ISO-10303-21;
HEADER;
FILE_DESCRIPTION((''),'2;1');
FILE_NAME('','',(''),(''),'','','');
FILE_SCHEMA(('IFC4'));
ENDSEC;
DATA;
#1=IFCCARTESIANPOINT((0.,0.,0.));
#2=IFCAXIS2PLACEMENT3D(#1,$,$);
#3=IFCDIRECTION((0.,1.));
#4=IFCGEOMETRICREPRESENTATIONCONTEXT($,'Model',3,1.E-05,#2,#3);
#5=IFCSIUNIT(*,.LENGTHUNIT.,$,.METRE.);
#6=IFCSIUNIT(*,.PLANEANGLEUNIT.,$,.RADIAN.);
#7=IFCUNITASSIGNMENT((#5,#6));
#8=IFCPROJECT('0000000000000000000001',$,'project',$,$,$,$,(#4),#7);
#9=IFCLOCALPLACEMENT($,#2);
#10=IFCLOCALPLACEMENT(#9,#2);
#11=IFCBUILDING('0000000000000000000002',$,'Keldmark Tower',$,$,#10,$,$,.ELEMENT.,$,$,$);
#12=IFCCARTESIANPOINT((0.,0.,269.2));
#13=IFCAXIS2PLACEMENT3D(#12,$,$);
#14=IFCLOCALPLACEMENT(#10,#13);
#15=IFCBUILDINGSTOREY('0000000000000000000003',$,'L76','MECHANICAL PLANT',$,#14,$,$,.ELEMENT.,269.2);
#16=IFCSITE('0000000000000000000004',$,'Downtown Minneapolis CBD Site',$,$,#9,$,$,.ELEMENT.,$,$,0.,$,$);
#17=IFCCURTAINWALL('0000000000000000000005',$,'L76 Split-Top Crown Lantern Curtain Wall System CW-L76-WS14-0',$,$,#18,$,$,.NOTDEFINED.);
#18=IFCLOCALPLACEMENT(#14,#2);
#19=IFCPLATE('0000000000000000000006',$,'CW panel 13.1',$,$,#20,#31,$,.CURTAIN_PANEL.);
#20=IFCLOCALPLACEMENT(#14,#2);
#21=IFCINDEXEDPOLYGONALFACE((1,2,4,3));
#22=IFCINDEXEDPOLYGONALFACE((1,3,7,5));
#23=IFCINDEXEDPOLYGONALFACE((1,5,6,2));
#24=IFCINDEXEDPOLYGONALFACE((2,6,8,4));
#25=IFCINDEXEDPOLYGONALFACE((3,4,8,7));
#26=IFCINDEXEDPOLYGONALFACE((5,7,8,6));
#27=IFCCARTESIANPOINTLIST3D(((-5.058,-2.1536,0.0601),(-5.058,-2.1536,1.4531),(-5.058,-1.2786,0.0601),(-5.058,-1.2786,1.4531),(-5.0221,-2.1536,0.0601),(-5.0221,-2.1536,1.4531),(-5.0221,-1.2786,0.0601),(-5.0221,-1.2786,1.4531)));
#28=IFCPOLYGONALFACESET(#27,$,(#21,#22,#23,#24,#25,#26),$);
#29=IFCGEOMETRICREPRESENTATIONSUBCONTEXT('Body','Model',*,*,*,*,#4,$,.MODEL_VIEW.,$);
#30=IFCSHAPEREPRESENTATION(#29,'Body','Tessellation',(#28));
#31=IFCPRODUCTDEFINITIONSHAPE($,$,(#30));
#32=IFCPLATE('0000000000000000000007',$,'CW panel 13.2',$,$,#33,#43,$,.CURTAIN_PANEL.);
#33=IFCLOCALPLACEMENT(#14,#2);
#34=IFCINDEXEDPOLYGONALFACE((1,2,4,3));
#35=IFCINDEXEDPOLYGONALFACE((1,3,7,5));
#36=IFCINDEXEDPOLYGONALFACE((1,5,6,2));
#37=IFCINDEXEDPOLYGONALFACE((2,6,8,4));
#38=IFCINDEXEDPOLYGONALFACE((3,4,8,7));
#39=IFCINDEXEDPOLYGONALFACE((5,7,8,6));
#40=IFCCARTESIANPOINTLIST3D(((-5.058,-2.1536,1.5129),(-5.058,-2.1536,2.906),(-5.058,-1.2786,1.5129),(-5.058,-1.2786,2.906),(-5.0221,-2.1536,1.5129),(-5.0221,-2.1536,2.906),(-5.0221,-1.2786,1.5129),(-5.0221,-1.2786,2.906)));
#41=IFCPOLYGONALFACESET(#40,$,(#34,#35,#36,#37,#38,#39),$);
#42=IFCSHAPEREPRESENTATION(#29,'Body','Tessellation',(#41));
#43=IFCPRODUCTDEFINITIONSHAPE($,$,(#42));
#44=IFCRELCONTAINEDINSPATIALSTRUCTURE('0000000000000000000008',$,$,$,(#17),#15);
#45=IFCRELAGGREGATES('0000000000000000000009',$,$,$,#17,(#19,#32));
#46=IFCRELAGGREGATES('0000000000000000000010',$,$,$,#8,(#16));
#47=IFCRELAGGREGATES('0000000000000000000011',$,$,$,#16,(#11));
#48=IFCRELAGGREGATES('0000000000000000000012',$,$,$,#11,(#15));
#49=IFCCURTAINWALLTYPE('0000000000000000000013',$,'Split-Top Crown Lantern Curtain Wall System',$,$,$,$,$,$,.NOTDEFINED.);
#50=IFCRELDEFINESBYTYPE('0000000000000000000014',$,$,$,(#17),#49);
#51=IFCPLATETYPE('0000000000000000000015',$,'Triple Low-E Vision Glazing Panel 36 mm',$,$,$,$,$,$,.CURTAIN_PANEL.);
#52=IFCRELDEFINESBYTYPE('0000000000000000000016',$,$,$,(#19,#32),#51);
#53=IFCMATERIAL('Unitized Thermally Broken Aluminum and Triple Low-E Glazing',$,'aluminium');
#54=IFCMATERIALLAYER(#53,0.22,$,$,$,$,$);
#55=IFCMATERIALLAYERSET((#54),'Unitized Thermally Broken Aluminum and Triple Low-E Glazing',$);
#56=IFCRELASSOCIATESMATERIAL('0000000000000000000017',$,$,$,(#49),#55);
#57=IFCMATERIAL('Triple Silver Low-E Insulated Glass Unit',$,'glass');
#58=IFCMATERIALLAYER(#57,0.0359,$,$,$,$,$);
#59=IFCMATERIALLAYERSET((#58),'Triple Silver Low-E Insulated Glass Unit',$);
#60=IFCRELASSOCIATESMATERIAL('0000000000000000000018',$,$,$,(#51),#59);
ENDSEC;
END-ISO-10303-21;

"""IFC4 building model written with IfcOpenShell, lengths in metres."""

from ifc_helpers import new_model, si_unit, direction, frame, origin, origin_2d, place, context, subcontext, project, spatial, rectangle, extrude, material, layer, layer_set, type_object, element, aggregate, save


model = new_model("IFC4")

# Units and contexts
model_context = context("Model", 3, precision=1e-05, world=origin(), true_north=direction((0.0, 1.0)))
body_context = subcontext(model_context, "Body", "Model", "MODEL_VIEW")
ifc_project = project(units=[si_unit("LENGTHUNIT", "METRE"), si_unit("PLANEANGLEUNIT", "RADIAN")], contexts=[model_context])

# Site, building, storey
site_placement = place(None, origin())
site = spatial("IfcSite", under=ifc_project, at=site_placement, Name="Downtown Minneapolis CBD Site", CompositionType="ELEMENT", RefElevation=0.0)
building_placement = place(site_placement, origin())
building = spatial("IfcBuilding", under=site, at=building_placement, Name="Keldmark Tower", CompositionType="ELEMENT")
storey_placement = place(building_placement, frame((0.0, 0.0, 269.2)))
storey = spatial("IfcBuildingStorey", under=building, at=storey_placement, Name="L76", Description="MECHANICAL PLANT", CompositionType="ELEMENT", Elevation=269.2)

# Curtain wall, plates
ifc_material_1 = material(Name="Unitized Thermally Broken Aluminum and Triple Low-E Glazing", Category="aluminium")
ifc_layer_1 = layer(ifc_material_1, 0.22)
ifc_layer_set_1 = layer_set([ifc_layer_1], Name="Unitized Thermally Broken Aluminum and Triple Low-E Glazing")
curtain_wall_type = type_object("IfcCurtainWallType", Name="Split-Top Crown Lantern Curtain Wall System", PredefinedType="NOTDEFINED", material=ifc_layer_set_1)
curtain_wall_placement = place(storey_placement, origin())
curtain_wall = element("IfcCurtainWall", 1, at=curtain_wall_placement, inside=storey, type_object=curtain_wall_type, Name="L76 Split-Top Crown Lantern Curtain Wall System CW-L76-WS14-0", PredefinedType="NOTDEFINED")
ifc_material_2 = material(Name="Triple Silver Low-E Insulated Glass Unit", Category="glass")
ifc_layer_2 = layer(ifc_material_2, 0.0359)
ifc_layer_set_2 = layer_set([ifc_layer_2], Name="Triple Silver Low-E Insulated Glass Unit")
plate_type = type_object("IfcPlateType", Name="Triple Low-E Vision Glazing Panel 36 mm", PredefinedType="CURTAIN_PANEL", material=ifc_layer_set_2)
plate_1_placement = place(storey_placement, frame((-5.04, -1.7161, 0.0601), z_axis=(0.0, 0.0, 1.0), x_axis=(0.0, 1.0, 0.0)))
plate_1 = element("IfcPlate", 2, at=plate_1_placement, type_object=plate_type, Name="CW panel 13.1", PredefinedType="CURTAIN_PANEL", context=body_context, shape_type="SweptSolid", body=[
    extrude(rectangle(XDim=0.875, YDim=0.0359, at=origin_2d()), origin(), (0.0, 0.0, 1.0), 1.3931),
])
plate_2_placement = place(storey_placement, frame((-5.04, -1.7161, 1.5129), z_axis=(0.0, 0.0, 1.0), x_axis=(0.0, 1.0, 0.0)))
plate_2 = element("IfcPlate", 3, at=plate_2_placement, type_object=plate_type, Name="CW panel 13.2", PredefinedType="CURTAIN_PANEL", context=body_context, shape_type="SweptSolid", body=[
    extrude(rectangle(XDim=0.875, YDim=0.0359, at=origin_2d()), origin(), (0.0, 0.0, 1.0), 1.3931),
])
aggregate(curtain_wall, [plate_1, plate_2])

save(model, "model.ifc")
